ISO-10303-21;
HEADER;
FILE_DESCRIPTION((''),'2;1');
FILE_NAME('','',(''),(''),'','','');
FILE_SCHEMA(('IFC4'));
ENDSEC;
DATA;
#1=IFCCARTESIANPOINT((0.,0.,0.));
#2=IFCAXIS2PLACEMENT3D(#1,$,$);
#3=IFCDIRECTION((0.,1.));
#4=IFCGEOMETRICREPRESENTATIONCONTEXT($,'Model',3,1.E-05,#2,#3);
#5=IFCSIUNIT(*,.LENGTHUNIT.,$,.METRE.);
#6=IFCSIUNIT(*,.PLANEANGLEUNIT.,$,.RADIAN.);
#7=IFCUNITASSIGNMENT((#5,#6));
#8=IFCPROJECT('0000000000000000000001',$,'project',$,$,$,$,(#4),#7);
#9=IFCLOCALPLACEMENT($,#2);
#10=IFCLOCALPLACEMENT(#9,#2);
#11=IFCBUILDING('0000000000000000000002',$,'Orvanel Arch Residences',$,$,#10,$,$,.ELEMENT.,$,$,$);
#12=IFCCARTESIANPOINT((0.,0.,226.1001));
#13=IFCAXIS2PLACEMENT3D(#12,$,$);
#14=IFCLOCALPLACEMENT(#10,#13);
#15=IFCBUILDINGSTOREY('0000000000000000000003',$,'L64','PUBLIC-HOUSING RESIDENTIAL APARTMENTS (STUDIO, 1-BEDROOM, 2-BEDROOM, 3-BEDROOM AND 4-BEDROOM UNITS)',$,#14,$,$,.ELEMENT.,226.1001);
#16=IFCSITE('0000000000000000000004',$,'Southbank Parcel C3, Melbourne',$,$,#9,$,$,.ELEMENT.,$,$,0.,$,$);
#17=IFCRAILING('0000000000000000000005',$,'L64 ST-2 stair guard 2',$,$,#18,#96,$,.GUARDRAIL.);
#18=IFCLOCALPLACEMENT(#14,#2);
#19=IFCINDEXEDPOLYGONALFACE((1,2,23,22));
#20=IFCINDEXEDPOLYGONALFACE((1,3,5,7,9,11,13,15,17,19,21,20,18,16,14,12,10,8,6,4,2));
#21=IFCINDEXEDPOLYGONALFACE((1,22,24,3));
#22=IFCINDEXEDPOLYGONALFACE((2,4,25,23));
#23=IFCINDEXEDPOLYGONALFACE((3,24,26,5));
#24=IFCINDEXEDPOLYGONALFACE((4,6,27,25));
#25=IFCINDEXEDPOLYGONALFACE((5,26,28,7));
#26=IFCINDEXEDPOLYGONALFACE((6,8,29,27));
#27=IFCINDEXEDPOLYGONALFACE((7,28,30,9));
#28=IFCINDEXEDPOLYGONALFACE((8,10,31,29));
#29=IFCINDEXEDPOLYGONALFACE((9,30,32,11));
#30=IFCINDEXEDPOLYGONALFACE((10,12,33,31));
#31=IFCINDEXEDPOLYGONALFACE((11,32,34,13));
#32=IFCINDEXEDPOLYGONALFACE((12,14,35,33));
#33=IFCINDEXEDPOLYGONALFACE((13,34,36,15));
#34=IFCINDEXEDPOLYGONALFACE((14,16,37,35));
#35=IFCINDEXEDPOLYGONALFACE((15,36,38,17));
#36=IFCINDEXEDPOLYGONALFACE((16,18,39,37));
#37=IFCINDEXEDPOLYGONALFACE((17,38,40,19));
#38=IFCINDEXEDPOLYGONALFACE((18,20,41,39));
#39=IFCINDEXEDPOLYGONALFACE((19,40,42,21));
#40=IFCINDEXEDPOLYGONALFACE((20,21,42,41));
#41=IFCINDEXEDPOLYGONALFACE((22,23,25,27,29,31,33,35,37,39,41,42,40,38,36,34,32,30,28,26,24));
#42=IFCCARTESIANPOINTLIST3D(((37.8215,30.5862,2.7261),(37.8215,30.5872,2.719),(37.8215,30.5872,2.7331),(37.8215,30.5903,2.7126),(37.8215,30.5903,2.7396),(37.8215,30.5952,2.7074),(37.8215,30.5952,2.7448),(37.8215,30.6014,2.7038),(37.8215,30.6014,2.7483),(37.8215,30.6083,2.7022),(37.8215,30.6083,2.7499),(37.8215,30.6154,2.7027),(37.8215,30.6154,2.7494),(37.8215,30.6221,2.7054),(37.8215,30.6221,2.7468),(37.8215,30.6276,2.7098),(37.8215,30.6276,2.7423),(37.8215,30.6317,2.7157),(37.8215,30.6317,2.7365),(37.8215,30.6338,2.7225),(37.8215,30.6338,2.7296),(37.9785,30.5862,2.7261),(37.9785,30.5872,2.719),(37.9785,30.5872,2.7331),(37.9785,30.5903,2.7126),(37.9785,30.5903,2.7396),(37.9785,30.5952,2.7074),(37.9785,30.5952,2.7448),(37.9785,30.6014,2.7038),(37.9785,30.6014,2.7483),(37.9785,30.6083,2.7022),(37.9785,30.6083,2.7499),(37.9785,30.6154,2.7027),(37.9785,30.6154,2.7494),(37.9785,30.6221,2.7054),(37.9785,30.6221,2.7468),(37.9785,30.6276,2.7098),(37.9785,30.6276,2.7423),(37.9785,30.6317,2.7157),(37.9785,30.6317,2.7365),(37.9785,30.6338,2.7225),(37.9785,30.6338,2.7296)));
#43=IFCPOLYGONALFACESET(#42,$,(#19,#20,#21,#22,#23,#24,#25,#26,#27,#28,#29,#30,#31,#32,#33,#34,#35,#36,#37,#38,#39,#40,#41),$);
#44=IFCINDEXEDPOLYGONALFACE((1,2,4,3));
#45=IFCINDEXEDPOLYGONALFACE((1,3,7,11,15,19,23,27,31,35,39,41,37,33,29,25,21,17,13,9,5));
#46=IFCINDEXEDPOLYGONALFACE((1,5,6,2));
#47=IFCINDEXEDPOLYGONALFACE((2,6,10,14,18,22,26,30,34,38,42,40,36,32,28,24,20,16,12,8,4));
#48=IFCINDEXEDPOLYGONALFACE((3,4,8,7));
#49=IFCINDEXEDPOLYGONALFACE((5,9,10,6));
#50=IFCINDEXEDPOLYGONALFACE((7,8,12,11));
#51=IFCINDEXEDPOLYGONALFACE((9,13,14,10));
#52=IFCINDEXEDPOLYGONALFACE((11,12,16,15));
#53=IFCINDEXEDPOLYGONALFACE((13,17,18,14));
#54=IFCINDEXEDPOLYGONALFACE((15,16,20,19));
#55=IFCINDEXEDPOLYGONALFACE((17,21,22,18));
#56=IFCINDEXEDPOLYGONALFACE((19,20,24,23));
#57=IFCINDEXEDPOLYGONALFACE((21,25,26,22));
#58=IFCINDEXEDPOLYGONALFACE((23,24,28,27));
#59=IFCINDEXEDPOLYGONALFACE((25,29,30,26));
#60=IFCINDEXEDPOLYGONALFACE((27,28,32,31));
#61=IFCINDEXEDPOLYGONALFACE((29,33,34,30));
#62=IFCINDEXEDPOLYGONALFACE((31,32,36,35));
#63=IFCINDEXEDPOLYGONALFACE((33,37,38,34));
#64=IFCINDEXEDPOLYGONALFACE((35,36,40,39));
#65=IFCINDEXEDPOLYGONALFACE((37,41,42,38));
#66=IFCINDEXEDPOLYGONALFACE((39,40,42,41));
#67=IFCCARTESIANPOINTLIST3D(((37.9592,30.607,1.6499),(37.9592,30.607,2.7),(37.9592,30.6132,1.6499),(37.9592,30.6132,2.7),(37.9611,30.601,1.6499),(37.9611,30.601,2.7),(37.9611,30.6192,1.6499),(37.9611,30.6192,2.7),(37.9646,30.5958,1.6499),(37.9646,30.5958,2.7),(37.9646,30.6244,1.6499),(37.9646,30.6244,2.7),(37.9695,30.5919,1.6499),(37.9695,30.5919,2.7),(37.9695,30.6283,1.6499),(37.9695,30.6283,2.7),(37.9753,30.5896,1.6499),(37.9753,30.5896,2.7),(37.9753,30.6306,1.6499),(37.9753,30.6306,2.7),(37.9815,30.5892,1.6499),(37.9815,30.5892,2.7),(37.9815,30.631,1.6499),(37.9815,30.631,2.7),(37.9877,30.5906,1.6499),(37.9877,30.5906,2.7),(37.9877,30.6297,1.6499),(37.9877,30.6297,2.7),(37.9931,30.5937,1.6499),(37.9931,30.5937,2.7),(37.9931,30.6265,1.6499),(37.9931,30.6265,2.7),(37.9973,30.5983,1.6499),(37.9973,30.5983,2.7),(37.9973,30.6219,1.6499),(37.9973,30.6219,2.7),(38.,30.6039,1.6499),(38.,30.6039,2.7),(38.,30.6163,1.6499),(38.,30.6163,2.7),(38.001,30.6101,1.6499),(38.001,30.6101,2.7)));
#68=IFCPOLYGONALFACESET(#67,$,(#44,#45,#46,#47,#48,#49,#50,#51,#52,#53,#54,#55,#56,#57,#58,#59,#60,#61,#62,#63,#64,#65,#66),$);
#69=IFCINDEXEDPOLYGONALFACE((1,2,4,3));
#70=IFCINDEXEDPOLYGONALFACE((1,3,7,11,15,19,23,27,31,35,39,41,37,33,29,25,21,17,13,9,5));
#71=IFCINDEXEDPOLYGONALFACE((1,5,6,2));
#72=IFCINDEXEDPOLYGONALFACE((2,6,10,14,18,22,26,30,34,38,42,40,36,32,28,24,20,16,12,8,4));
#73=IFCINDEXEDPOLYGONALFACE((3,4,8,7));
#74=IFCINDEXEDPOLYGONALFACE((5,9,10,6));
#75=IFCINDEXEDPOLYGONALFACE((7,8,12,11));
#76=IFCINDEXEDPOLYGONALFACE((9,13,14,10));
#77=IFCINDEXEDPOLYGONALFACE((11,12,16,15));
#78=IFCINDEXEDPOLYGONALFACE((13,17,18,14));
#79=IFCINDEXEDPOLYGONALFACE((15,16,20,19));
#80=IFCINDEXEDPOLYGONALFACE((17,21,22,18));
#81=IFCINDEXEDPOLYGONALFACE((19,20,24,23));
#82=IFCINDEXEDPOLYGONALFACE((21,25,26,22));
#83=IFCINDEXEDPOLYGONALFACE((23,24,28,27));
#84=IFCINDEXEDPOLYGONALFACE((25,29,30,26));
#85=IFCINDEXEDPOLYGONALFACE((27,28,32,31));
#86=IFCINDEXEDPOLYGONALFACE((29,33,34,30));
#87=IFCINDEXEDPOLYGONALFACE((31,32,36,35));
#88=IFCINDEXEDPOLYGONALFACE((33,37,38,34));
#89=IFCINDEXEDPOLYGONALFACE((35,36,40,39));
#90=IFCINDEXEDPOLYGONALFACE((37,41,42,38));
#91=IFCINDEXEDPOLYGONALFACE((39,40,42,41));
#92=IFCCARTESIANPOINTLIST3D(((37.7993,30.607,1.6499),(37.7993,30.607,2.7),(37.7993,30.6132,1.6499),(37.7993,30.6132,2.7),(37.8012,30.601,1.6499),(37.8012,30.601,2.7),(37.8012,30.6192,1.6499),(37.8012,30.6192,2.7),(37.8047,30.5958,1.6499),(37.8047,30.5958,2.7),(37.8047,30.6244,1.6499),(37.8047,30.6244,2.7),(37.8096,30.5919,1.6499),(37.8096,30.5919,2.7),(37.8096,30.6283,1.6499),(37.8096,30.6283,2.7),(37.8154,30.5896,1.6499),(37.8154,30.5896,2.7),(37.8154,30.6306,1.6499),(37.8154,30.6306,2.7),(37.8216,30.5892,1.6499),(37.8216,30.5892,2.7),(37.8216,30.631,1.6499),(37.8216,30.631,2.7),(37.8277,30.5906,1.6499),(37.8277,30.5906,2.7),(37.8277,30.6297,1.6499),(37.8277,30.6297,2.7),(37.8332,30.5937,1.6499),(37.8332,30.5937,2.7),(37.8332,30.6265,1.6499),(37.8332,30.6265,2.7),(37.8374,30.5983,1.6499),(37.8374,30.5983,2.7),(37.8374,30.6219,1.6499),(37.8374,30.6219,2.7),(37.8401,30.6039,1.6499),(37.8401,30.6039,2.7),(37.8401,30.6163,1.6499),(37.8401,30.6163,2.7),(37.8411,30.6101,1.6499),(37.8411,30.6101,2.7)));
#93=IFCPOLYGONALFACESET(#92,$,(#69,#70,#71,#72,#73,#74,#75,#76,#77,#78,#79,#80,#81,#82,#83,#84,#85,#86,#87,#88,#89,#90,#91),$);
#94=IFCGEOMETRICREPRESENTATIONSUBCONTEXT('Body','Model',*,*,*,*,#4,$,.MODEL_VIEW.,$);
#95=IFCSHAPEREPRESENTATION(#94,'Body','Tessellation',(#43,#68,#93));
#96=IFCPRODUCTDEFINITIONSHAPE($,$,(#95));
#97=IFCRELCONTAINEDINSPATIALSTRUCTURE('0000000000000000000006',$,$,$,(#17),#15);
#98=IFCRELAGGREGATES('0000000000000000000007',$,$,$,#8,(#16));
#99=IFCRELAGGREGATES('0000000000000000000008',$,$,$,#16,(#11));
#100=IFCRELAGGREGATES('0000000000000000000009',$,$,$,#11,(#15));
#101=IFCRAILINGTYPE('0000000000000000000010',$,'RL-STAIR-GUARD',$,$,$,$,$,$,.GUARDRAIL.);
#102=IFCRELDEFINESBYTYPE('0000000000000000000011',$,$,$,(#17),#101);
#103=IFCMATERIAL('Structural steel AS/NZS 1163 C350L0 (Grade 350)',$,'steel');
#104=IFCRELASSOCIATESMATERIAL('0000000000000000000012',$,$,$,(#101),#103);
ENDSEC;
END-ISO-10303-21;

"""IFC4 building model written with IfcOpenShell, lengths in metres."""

from ifc_helpers import new_model, si_unit, direction, frame, origin, origin_2d, place, context, subcontext, project, spatial, circle, extrude, material, type_object, element, save


model = new_model("IFC4")

# Units and contexts
model_context = context("Model", 3, precision=1e-05, world=origin(), true_north=direction((0.0, 1.0)))
body_context = subcontext(model_context, "Body", "Model", "MODEL_VIEW")
ifc_project = project(units=[si_unit("LENGTHUNIT", "METRE"), si_unit("PLANEANGLEUNIT", "RADIAN")], contexts=[model_context])

# Site, building, storey
site_placement = place(None, origin())
site = spatial("IfcSite", under=ifc_project, at=site_placement, Name="Southbank Parcel C3, Melbourne", CompositionType="ELEMENT", RefElevation=0.0)
building_placement = place(site_placement, origin())
building = spatial("IfcBuilding", under=site, at=building_placement, Name="Orvanel Arch Residences", CompositionType="ELEMENT")
storey_placement = place(building_placement, frame((0.0, 0.0, 226.1001)))
storey = spatial("IfcBuildingStorey", under=building, at=storey_placement, Name="L64", Description="PUBLIC-HOUSING RESIDENTIAL APARTMENTS (STUDIO, 1-BEDROOM, 2-BEDROOM, 3-BEDROOM AND 4-BEDROOM UNITS)", CompositionType="ELEMENT", Elevation=226.1001)

# Shared definitions
ifc_material_1 = material(Name="Structural steel AS/NZS 1163 C350L0 (Grade 350)", Category="steel")

# Railing
railing_type_1 = type_object("IfcRailingType", Name="RL-STAIR-GUARD", PredefinedType="GUARDRAIL", material=ifc_material_1)
railing_1_placement = place(storey_placement, frame((37.98, 30.6101, 1.6499)))
element("IfcRailing", 1, at=railing_1_placement, inside=storey, type_object=railing_type_1, Name="L64 ST-2 stair guard 2", PredefinedType="GUARDRAIL", context=body_context, shape_type="SweptSolid", body=[
    extrude(circle(Radius=0.0239, at=origin_2d()), frame((-0.0015, 0.0, 1.0762), z_axis=(-1.0, 0.0, 0.0), x_axis=(0.0, -1.0, 0.0)), (0.0, 0.0, 1.0), 0.157),
    extrude(circle(Radius=0.021, at=origin_2d()), origin(), (0.0, 0.0, 1.0), 1.05),
    extrude(circle(Radius=0.021, at=origin_2d()), frame((-0.1599, 0.0, 0.0)), (0.0, 0.0, 1.0), 1.05),
])

save(model, "model.ifc")
